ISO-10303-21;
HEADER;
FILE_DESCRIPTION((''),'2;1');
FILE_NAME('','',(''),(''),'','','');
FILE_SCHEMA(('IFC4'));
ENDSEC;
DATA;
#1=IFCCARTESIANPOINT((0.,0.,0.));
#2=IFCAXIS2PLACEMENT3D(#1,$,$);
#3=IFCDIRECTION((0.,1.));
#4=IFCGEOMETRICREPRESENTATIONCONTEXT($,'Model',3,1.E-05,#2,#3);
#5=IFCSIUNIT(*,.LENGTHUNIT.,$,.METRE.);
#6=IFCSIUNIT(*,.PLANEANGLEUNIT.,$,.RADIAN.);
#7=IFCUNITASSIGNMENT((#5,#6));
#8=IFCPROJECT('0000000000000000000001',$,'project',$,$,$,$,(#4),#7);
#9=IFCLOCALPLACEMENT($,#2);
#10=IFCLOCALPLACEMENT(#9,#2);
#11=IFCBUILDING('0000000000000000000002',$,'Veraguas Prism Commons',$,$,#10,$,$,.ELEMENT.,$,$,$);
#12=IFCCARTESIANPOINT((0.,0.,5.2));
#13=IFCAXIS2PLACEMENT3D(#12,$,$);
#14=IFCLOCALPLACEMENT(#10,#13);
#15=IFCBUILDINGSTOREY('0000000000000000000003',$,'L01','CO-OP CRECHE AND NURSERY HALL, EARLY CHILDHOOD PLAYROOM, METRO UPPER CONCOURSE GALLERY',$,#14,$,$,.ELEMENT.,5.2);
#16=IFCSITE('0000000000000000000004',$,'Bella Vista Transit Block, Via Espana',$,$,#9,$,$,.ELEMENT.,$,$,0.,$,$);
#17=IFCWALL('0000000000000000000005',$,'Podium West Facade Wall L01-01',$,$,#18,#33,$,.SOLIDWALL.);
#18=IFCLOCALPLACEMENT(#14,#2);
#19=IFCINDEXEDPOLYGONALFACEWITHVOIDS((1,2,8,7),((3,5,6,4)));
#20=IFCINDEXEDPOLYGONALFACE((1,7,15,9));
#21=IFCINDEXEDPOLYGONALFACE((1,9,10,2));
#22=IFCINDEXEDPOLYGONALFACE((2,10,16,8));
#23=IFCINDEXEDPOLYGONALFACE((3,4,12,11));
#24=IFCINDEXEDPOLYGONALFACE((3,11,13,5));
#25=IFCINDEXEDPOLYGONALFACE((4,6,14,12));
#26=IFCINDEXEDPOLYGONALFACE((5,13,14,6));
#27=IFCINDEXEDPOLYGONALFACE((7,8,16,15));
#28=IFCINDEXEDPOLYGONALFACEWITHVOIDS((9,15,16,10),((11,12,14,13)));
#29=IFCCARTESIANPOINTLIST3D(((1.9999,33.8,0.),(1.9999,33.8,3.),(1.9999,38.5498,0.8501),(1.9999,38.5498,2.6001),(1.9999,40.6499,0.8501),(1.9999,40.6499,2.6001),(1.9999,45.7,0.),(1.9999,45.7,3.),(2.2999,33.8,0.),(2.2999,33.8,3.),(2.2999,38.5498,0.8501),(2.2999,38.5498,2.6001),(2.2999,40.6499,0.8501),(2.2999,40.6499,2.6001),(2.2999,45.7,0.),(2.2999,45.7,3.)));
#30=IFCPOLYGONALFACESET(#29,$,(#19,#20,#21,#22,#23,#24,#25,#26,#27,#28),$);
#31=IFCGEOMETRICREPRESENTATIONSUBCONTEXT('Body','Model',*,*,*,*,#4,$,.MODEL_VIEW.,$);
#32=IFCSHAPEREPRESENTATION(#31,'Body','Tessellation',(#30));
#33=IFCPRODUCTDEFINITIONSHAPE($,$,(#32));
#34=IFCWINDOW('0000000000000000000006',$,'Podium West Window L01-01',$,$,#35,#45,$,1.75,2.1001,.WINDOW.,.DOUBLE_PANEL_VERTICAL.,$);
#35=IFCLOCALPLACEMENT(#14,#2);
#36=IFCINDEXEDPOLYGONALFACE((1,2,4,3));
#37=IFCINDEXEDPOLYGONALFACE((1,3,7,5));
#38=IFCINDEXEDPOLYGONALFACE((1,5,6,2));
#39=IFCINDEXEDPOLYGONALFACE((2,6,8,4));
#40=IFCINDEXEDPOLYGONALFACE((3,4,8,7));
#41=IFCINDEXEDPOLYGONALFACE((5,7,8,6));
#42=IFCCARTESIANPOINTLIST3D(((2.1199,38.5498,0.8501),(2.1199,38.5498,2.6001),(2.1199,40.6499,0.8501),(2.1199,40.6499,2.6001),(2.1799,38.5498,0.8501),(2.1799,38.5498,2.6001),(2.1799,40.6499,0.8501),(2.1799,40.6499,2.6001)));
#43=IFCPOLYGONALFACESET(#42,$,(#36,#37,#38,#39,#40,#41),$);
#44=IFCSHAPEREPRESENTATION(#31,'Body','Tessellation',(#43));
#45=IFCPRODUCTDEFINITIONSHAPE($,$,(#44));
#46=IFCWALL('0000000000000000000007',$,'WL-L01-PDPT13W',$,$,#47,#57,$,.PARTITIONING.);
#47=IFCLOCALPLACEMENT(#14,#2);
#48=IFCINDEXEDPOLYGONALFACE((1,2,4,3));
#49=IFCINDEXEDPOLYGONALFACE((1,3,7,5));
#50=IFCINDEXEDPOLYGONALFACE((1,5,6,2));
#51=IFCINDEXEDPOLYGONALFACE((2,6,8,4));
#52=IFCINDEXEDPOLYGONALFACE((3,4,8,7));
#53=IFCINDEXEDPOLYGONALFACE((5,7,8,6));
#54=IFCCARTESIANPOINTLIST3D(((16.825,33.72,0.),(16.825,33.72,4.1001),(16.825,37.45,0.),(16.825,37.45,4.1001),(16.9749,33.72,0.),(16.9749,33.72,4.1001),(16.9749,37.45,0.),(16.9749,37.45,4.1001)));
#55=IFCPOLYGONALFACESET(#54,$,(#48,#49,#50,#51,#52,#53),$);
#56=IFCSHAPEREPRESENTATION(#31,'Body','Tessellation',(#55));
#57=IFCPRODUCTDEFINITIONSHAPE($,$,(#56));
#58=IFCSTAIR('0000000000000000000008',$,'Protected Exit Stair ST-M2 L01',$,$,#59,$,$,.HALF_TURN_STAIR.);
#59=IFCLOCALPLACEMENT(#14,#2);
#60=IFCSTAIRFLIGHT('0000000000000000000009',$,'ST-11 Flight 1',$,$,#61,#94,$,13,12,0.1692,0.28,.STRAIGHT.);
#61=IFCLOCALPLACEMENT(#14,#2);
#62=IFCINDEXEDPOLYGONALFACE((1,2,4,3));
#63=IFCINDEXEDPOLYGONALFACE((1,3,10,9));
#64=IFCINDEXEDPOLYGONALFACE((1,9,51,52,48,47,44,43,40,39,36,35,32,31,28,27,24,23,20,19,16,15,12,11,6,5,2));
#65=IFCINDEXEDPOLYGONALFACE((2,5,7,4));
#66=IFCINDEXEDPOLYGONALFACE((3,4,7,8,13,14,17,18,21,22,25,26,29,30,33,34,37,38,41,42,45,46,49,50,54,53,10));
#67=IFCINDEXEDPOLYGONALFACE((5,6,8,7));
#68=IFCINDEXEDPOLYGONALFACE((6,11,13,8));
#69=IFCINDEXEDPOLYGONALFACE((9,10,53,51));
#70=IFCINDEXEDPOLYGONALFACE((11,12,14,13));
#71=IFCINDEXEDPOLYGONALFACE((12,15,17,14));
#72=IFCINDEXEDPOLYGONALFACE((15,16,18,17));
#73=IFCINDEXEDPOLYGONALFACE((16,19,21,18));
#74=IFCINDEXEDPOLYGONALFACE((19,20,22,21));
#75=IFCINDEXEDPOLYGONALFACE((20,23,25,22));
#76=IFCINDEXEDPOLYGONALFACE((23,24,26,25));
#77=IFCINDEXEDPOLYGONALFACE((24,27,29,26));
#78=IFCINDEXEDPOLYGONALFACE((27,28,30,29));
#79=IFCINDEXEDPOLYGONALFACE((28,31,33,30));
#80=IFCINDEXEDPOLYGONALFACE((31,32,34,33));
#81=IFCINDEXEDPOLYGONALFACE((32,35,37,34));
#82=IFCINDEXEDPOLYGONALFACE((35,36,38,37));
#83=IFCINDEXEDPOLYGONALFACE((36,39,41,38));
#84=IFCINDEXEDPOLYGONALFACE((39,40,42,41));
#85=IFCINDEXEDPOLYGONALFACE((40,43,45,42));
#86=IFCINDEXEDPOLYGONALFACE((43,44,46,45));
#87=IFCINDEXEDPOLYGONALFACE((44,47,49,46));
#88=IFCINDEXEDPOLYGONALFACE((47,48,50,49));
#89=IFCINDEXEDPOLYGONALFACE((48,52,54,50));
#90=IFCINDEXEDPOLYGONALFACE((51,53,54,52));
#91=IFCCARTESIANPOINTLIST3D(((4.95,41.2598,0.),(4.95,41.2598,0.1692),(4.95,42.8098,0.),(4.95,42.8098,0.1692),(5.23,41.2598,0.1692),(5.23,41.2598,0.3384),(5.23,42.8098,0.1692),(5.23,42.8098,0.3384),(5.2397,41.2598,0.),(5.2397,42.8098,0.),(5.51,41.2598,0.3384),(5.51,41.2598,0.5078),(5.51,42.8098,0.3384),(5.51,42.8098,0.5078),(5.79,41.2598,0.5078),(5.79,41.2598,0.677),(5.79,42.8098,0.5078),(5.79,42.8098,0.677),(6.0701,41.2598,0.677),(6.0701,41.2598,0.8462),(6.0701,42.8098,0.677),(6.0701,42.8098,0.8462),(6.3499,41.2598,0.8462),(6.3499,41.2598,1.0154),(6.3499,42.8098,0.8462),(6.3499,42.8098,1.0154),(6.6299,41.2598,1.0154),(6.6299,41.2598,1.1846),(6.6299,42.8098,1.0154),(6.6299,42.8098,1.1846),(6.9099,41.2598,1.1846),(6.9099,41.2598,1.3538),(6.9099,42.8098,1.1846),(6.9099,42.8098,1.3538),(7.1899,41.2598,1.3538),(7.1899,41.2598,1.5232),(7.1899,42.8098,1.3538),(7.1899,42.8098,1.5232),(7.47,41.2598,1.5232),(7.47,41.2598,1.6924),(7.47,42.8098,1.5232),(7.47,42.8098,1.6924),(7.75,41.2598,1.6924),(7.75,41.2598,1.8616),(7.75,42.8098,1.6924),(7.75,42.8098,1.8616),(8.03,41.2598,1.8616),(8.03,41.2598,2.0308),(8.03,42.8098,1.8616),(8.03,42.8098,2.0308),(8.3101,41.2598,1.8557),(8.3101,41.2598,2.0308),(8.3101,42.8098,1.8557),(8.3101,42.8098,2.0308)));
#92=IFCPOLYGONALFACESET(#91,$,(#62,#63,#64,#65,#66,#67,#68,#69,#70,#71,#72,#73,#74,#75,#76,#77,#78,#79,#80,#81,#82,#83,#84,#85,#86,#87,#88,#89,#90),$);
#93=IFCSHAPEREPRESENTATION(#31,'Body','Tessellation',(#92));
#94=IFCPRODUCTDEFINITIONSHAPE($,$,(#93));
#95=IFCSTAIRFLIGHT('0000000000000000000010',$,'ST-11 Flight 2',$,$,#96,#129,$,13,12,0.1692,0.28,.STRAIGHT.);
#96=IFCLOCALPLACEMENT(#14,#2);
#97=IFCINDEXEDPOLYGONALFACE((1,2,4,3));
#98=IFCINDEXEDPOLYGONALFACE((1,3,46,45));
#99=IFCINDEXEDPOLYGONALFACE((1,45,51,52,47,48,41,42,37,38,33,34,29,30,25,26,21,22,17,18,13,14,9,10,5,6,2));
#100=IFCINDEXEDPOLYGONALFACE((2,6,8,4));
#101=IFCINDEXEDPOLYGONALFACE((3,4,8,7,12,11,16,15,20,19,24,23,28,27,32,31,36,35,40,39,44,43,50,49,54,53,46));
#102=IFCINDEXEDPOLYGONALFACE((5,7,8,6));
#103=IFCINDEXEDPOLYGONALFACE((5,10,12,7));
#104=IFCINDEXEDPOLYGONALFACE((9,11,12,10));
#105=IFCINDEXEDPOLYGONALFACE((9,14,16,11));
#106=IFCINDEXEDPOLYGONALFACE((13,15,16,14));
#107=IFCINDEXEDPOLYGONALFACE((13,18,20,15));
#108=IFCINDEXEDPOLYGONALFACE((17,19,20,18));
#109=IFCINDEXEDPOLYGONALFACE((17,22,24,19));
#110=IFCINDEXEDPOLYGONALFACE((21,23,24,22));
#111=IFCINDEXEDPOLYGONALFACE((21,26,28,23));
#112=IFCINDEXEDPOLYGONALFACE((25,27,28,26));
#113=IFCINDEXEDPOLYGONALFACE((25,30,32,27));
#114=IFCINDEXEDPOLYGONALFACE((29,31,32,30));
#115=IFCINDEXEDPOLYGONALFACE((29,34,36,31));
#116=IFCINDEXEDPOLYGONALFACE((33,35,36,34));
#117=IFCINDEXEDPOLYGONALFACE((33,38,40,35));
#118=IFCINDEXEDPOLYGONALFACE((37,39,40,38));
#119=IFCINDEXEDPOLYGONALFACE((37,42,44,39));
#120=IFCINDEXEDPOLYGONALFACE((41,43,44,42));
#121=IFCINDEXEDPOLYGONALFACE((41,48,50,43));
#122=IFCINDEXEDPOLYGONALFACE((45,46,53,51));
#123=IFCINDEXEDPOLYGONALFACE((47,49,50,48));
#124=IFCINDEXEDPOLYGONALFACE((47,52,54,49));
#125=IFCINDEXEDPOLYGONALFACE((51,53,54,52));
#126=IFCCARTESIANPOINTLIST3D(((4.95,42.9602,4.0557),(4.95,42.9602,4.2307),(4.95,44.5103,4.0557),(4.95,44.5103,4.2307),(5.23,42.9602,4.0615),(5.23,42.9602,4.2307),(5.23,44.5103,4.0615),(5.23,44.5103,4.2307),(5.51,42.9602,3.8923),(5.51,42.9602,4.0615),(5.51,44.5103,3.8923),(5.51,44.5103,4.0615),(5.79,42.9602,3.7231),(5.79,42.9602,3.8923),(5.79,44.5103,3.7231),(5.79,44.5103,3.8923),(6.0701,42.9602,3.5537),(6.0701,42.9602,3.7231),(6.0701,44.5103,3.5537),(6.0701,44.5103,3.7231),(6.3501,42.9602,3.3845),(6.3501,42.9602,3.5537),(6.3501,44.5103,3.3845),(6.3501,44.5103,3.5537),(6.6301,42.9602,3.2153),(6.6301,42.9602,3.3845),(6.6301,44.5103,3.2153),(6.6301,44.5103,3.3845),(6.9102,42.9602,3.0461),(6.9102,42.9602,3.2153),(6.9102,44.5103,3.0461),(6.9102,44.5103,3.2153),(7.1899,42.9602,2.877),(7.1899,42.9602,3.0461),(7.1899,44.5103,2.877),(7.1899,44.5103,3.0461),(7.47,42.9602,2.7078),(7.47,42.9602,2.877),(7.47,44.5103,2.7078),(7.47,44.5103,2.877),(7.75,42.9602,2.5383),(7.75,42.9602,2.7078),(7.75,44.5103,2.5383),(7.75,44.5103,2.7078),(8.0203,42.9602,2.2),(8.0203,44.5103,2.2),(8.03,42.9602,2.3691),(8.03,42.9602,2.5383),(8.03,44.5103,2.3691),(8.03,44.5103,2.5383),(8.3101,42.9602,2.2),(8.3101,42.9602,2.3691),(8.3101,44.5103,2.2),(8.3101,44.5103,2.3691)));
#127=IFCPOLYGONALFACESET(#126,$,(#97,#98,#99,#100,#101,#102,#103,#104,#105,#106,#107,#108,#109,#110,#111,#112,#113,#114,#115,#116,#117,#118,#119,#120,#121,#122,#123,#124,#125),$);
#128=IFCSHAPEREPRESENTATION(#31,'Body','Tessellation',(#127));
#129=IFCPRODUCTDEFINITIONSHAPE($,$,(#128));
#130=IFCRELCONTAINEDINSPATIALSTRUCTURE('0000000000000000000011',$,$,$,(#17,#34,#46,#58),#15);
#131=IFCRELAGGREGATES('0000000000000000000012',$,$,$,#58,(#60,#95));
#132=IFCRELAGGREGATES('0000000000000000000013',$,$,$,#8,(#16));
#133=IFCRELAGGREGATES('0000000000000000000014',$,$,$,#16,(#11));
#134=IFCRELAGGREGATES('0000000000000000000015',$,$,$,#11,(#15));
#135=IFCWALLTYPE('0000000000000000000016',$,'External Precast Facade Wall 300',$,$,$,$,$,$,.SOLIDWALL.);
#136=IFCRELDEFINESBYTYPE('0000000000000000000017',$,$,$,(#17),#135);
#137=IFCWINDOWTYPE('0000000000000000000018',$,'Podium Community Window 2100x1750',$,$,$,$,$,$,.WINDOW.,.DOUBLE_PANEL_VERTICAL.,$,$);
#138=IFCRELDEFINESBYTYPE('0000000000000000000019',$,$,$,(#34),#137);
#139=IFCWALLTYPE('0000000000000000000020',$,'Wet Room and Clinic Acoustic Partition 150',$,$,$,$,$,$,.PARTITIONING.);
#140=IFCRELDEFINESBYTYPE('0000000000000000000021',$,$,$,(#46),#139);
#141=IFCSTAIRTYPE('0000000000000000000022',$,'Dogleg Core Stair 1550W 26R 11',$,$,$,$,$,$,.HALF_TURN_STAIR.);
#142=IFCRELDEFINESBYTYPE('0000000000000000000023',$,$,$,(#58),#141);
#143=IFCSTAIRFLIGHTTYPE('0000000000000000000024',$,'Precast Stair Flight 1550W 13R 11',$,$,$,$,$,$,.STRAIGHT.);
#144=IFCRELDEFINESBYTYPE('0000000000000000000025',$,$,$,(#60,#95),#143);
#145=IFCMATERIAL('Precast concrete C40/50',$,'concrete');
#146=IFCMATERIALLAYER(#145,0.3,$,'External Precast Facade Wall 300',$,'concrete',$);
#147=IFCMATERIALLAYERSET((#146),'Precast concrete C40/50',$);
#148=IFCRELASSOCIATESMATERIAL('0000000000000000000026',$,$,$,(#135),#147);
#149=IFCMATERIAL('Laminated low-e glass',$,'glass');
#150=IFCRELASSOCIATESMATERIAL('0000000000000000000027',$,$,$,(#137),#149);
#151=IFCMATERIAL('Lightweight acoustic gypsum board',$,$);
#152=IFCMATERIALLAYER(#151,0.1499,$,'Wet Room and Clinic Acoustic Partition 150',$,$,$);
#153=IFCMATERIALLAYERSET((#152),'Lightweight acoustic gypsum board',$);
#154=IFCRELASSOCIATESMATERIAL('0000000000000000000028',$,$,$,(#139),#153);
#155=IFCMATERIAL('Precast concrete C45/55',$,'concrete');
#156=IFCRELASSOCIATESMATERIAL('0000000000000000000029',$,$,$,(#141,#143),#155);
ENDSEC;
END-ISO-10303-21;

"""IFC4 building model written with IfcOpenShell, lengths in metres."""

from ifc_helpers import new_model, si_unit, direction, frame, frame_2d, origin, place, context, subcontext, project, spatial, polyline, rectangle, outline, extrude, source, transform, mapped, material, layer, layer_set, type_object, element, fill, aggregate, save


model = new_model("IFC4")

# Units and contexts
model_context = context("Model", 3, precision=1e-05, world=origin(), true_north=direction((0.0, 1.0)))
body_context = subcontext(model_context, "Body", "Model", "MODEL_VIEW")
ifc_project = project(units=[si_unit("LENGTHUNIT", "METRE"), si_unit("PLANEANGLEUNIT", "RADIAN")], contexts=[model_context])

# Site, building, storey
site_placement = place(None, origin())
site = spatial("IfcSite", under=ifc_project, at=site_placement, Name="Bella Vista Transit Block, Via Espana", CompositionType="ELEMENT", RefElevation=0.0)
building_placement = place(site_placement, origin())
building = spatial("IfcBuilding", under=site, at=building_placement, Name="Veraguas Prism Commons", CompositionType="ELEMENT")
storey_placement = place(building_placement, frame((0.0, 0.0, 5.2)))
storey = spatial("IfcBuildingStorey", under=building, at=storey_placement, Name="L01", Description="CO-OP CRECHE AND NURSERY HALL, EARLY CHILDHOOD PLAYROOM, METRO UPPER CONCOURSE GALLERY", CompositionType="ELEMENT", Elevation=5.2)

# Wall, opening, window
ifc_material_1 = material(Name="Precast concrete C40/50", Category="concrete")
ifc_layer_1 = layer(ifc_material_1, 0.3, Name="External Precast Facade Wall 300", Category="concrete")
ifc_layer_set_1 = layer_set([ifc_layer_1], Name="Precast concrete C40/50")
wall_type_1 = type_object("IfcWallType", Name="External Precast Facade Wall 300", PredefinedType="SOLIDWALL", material=ifc_layer_set_1)
ifc_material_2 = material(Name="Laminated low-e glass", Category="glass")
wall_1_placement = place(storey_placement, frame((2.1499, 45.7, 0.0), z_axis=(0.0, 0.0, 1.0), x_axis=(0.0, -1.0, 0.0)))
wall_1 = element("IfcWall", 1, at=wall_1_placement, inside=storey, type_object=wall_type_1, Name="Podium West Facade Wall L01-01", PredefinedType="SOLIDWALL", context=body_context, shape_type="SweptSolid", body=[
    extrude(rectangle(XDim=11.8999, YDim=0.3, at=frame_2d((5.95, 0.0))), origin(), (0.0, 0.0, 1.0), 3.0),
])
opening_1_placement = place(wall_1_placement, frame((5.05, 0.0, 0.8501)))
opening_1 = element("IfcOpeningElement", 2, at=opening_1_placement, cuts=wall_1, PredefinedType="OPENING", context=body_context, shape_type="SweptSolid", body=[
    extrude(rectangle(XDim=2.1001, YDim=1.75, at=frame_2d((1.05, 0.875))), frame((0.0, 0.1599, 0.0), z_axis=(0.0, -1.0, 0.0), x_axis=(1.0, 0.0, 0.0)), (0.0, 0.0, 1.0), 0.3201),
])
window_type_1 = type_object("IfcWindowType", Name="Podium Community Window 2100x1750", PartitioningType="DOUBLE_PANEL_VERTICAL", PredefinedType="WINDOW", material=ifc_material_2)
shared_shape_1 = source(origin(), body_context, "Body", "SweptSolid", [
    extrude(rectangle(XDim=2.1001, YDim=1.75, at=frame_2d((1.05, 0.875))), frame((0.0, 0.03, 0.0), z_axis=(0.0, -1.0, 0.0), x_axis=(1.0, 0.0, 0.0)), (0.0, 0.0, 1.0), 0.0601),
])
window_1_placement = place(opening_1_placement, origin())
window_1 = element("IfcWindow", 3, at=window_1_placement, inside=storey, type_object=window_type_1, Name="Podium West Window L01-01", OverallHeight=1.75, OverallWidth=2.1001, PartitioningType="DOUBLE_PANEL_VERTICAL", PredefinedType="WINDOW", context=body_context, shape_type="MappedRepresentation", body=[
    mapped(shared_shape_1, transform((0.0, 0.0, 0.0), scale=1.0)),
])
fill(opening_1, window_1)

# Wall
ifc_material_3 = material(Name="Lightweight acoustic gypsum board")
ifc_layer_2 = layer(ifc_material_3, 0.1499, Name="Wet Room and Clinic Acoustic Partition 150")
ifc_layer_set_2 = layer_set([ifc_layer_2], Name="Lightweight acoustic gypsum board")
wall_type_2 = type_object("IfcWallType", Name="Wet Room and Clinic Acoustic Partition 150", PredefinedType="PARTITIONING", material=ifc_layer_set_2)
wall_2_placement = place(storey_placement, frame((16.8999, 33.72, 0.0), z_axis=(0.0, 0.0, 1.0), x_axis=(0.0, 1.0, 0.0)))
element("IfcWall", 4, at=wall_2_placement, inside=storey, type_object=wall_type_2, Name="WL-L01-PDPT13W", PredefinedType="PARTITIONING", context=body_context, shape_type="SweptSolid", body=[
    extrude(rectangle(XDim=3.73, YDim=0.1499, at=frame_2d((1.865, 0.0))), origin(), (0.0, 0.0, 1.0), 4.1001),
])

# Stair, stair flights
ifc_material_4 = material(Name="Precast concrete C45/55", Category="concrete")
stair_type = type_object("IfcStairType", Name="Dogleg Core Stair 1550W 26R 11", PredefinedType="HALF_TURN_STAIR", material=ifc_material_4)
stair_placement = place(storey_placement, origin())
stair = element("IfcStair", 5, at=stair_placement, inside=storey, type_object=stair_type, Name="Protected Exit Stair ST-M2 L01", PredefinedType="HALF_TURN_STAIR")
stair_flight_type = type_object("IfcStairFlightType", Name="Precast Stair Flight 1550W 13R 11", PredefinedType="STRAIGHT", material=ifc_material_4)
stair_flight_1_placement = place(storey_placement, frame((4.95, 42.0349, 0.0), z_axis=(0.0, 0.0, 1.0), x_axis=(1.0, 0.0, 0.0)))
stair_flight_1 = element("IfcStairFlight", 6, at=stair_flight_1_placement, type_object=stair_flight_type, Name="ST-11 Flight 1", NumberOfRisers=13, NumberOfTreads=12, PredefinedType="STRAIGHT", RiserHeight=0.1692, TreadLength=0.28, context=body_context, shape_type="SweptSolid", body=[
    extrude(outline(polyline([(0.0, 0.0), (0.0, 0.1692), (0.28, 0.1692), (0.28, 0.3384), (0.5601, 0.3384), (0.5601, 0.5078), (0.8401, 0.5078), (0.8401, 0.677), (1.1201, 0.677), (1.1201, 0.8462), (1.3999, 0.8462), (1.3999, 1.0154), (1.6799, 1.0154), (1.6799, 1.1846), (1.96, 1.1846), (1.96, 1.3538), (2.24, 1.3538), (2.24, 1.5232), (2.52, 1.5232), (2.52, 1.6924), (2.8, 1.6924), (2.8, 1.8616), (3.0801, 1.8616), (3.0801, 2.0308), (3.3601, 2.0308), (3.3601, 2.2), (3.3601, 1.8557), (0.2898, 0.0), (0.0, 0.0)])), frame((0.0, 0.7749, 0.0), z_axis=(0.0, -1.0, 0.0), x_axis=(1.0, 0.0, 0.0)), (0.0, 0.0, 1.0), 1.55),
])
stair_flight_2_placement = place(storey_placement, frame((8.3101, 43.7351, 2.2), z_axis=(0.0, 0.0, 1.0), x_axis=(-1.0, 0.0, 0.0)))
stair_flight_2 = element("IfcStairFlight", 7, at=stair_flight_2_placement, type_object=stair_flight_type, Name="ST-11 Flight 2", NumberOfRisers=13, NumberOfTreads=12, PredefinedType="STRAIGHT", RiserHeight=0.1692, TreadLength=0.28, context=body_context, shape_type="SweptSolid", body=[
    extrude(outline(polyline([(0.0, 0.0), (0.0, 0.1692), (0.28, 0.1692), (0.28, 0.3384), (0.5601, 0.3384), (0.5601, 0.5078), (0.8401, 0.5078), (0.8401, 0.677), (1.1201, 0.677), (1.1201, 0.8462), (1.3999, 0.8462), (1.3999, 1.0154), (1.6799, 1.0154), (1.6799, 1.1846), (1.96, 1.1846), (1.96, 1.3538), (2.24, 1.3538), (2.24, 1.5232), (2.52, 1.5232), (2.52, 1.6924), (2.8, 1.6924), (2.8, 1.8616), (3.0801, 1.8616), (3.0801, 2.0308), (3.3601, 2.0308), (3.3601, 2.2), (3.3601, 1.8557), (0.2898, 0.0), (0.0, 0.0)])), frame((0.0, 0.7749, 0.0), z_axis=(0.0, -1.0, 0.0), x_axis=(1.0, 0.0, 0.0)), (0.0, 0.0, 1.0), 1.55),
])
aggregate(stair, [stair_flight_1, stair_flight_2])

save(model, "model.ifc")
